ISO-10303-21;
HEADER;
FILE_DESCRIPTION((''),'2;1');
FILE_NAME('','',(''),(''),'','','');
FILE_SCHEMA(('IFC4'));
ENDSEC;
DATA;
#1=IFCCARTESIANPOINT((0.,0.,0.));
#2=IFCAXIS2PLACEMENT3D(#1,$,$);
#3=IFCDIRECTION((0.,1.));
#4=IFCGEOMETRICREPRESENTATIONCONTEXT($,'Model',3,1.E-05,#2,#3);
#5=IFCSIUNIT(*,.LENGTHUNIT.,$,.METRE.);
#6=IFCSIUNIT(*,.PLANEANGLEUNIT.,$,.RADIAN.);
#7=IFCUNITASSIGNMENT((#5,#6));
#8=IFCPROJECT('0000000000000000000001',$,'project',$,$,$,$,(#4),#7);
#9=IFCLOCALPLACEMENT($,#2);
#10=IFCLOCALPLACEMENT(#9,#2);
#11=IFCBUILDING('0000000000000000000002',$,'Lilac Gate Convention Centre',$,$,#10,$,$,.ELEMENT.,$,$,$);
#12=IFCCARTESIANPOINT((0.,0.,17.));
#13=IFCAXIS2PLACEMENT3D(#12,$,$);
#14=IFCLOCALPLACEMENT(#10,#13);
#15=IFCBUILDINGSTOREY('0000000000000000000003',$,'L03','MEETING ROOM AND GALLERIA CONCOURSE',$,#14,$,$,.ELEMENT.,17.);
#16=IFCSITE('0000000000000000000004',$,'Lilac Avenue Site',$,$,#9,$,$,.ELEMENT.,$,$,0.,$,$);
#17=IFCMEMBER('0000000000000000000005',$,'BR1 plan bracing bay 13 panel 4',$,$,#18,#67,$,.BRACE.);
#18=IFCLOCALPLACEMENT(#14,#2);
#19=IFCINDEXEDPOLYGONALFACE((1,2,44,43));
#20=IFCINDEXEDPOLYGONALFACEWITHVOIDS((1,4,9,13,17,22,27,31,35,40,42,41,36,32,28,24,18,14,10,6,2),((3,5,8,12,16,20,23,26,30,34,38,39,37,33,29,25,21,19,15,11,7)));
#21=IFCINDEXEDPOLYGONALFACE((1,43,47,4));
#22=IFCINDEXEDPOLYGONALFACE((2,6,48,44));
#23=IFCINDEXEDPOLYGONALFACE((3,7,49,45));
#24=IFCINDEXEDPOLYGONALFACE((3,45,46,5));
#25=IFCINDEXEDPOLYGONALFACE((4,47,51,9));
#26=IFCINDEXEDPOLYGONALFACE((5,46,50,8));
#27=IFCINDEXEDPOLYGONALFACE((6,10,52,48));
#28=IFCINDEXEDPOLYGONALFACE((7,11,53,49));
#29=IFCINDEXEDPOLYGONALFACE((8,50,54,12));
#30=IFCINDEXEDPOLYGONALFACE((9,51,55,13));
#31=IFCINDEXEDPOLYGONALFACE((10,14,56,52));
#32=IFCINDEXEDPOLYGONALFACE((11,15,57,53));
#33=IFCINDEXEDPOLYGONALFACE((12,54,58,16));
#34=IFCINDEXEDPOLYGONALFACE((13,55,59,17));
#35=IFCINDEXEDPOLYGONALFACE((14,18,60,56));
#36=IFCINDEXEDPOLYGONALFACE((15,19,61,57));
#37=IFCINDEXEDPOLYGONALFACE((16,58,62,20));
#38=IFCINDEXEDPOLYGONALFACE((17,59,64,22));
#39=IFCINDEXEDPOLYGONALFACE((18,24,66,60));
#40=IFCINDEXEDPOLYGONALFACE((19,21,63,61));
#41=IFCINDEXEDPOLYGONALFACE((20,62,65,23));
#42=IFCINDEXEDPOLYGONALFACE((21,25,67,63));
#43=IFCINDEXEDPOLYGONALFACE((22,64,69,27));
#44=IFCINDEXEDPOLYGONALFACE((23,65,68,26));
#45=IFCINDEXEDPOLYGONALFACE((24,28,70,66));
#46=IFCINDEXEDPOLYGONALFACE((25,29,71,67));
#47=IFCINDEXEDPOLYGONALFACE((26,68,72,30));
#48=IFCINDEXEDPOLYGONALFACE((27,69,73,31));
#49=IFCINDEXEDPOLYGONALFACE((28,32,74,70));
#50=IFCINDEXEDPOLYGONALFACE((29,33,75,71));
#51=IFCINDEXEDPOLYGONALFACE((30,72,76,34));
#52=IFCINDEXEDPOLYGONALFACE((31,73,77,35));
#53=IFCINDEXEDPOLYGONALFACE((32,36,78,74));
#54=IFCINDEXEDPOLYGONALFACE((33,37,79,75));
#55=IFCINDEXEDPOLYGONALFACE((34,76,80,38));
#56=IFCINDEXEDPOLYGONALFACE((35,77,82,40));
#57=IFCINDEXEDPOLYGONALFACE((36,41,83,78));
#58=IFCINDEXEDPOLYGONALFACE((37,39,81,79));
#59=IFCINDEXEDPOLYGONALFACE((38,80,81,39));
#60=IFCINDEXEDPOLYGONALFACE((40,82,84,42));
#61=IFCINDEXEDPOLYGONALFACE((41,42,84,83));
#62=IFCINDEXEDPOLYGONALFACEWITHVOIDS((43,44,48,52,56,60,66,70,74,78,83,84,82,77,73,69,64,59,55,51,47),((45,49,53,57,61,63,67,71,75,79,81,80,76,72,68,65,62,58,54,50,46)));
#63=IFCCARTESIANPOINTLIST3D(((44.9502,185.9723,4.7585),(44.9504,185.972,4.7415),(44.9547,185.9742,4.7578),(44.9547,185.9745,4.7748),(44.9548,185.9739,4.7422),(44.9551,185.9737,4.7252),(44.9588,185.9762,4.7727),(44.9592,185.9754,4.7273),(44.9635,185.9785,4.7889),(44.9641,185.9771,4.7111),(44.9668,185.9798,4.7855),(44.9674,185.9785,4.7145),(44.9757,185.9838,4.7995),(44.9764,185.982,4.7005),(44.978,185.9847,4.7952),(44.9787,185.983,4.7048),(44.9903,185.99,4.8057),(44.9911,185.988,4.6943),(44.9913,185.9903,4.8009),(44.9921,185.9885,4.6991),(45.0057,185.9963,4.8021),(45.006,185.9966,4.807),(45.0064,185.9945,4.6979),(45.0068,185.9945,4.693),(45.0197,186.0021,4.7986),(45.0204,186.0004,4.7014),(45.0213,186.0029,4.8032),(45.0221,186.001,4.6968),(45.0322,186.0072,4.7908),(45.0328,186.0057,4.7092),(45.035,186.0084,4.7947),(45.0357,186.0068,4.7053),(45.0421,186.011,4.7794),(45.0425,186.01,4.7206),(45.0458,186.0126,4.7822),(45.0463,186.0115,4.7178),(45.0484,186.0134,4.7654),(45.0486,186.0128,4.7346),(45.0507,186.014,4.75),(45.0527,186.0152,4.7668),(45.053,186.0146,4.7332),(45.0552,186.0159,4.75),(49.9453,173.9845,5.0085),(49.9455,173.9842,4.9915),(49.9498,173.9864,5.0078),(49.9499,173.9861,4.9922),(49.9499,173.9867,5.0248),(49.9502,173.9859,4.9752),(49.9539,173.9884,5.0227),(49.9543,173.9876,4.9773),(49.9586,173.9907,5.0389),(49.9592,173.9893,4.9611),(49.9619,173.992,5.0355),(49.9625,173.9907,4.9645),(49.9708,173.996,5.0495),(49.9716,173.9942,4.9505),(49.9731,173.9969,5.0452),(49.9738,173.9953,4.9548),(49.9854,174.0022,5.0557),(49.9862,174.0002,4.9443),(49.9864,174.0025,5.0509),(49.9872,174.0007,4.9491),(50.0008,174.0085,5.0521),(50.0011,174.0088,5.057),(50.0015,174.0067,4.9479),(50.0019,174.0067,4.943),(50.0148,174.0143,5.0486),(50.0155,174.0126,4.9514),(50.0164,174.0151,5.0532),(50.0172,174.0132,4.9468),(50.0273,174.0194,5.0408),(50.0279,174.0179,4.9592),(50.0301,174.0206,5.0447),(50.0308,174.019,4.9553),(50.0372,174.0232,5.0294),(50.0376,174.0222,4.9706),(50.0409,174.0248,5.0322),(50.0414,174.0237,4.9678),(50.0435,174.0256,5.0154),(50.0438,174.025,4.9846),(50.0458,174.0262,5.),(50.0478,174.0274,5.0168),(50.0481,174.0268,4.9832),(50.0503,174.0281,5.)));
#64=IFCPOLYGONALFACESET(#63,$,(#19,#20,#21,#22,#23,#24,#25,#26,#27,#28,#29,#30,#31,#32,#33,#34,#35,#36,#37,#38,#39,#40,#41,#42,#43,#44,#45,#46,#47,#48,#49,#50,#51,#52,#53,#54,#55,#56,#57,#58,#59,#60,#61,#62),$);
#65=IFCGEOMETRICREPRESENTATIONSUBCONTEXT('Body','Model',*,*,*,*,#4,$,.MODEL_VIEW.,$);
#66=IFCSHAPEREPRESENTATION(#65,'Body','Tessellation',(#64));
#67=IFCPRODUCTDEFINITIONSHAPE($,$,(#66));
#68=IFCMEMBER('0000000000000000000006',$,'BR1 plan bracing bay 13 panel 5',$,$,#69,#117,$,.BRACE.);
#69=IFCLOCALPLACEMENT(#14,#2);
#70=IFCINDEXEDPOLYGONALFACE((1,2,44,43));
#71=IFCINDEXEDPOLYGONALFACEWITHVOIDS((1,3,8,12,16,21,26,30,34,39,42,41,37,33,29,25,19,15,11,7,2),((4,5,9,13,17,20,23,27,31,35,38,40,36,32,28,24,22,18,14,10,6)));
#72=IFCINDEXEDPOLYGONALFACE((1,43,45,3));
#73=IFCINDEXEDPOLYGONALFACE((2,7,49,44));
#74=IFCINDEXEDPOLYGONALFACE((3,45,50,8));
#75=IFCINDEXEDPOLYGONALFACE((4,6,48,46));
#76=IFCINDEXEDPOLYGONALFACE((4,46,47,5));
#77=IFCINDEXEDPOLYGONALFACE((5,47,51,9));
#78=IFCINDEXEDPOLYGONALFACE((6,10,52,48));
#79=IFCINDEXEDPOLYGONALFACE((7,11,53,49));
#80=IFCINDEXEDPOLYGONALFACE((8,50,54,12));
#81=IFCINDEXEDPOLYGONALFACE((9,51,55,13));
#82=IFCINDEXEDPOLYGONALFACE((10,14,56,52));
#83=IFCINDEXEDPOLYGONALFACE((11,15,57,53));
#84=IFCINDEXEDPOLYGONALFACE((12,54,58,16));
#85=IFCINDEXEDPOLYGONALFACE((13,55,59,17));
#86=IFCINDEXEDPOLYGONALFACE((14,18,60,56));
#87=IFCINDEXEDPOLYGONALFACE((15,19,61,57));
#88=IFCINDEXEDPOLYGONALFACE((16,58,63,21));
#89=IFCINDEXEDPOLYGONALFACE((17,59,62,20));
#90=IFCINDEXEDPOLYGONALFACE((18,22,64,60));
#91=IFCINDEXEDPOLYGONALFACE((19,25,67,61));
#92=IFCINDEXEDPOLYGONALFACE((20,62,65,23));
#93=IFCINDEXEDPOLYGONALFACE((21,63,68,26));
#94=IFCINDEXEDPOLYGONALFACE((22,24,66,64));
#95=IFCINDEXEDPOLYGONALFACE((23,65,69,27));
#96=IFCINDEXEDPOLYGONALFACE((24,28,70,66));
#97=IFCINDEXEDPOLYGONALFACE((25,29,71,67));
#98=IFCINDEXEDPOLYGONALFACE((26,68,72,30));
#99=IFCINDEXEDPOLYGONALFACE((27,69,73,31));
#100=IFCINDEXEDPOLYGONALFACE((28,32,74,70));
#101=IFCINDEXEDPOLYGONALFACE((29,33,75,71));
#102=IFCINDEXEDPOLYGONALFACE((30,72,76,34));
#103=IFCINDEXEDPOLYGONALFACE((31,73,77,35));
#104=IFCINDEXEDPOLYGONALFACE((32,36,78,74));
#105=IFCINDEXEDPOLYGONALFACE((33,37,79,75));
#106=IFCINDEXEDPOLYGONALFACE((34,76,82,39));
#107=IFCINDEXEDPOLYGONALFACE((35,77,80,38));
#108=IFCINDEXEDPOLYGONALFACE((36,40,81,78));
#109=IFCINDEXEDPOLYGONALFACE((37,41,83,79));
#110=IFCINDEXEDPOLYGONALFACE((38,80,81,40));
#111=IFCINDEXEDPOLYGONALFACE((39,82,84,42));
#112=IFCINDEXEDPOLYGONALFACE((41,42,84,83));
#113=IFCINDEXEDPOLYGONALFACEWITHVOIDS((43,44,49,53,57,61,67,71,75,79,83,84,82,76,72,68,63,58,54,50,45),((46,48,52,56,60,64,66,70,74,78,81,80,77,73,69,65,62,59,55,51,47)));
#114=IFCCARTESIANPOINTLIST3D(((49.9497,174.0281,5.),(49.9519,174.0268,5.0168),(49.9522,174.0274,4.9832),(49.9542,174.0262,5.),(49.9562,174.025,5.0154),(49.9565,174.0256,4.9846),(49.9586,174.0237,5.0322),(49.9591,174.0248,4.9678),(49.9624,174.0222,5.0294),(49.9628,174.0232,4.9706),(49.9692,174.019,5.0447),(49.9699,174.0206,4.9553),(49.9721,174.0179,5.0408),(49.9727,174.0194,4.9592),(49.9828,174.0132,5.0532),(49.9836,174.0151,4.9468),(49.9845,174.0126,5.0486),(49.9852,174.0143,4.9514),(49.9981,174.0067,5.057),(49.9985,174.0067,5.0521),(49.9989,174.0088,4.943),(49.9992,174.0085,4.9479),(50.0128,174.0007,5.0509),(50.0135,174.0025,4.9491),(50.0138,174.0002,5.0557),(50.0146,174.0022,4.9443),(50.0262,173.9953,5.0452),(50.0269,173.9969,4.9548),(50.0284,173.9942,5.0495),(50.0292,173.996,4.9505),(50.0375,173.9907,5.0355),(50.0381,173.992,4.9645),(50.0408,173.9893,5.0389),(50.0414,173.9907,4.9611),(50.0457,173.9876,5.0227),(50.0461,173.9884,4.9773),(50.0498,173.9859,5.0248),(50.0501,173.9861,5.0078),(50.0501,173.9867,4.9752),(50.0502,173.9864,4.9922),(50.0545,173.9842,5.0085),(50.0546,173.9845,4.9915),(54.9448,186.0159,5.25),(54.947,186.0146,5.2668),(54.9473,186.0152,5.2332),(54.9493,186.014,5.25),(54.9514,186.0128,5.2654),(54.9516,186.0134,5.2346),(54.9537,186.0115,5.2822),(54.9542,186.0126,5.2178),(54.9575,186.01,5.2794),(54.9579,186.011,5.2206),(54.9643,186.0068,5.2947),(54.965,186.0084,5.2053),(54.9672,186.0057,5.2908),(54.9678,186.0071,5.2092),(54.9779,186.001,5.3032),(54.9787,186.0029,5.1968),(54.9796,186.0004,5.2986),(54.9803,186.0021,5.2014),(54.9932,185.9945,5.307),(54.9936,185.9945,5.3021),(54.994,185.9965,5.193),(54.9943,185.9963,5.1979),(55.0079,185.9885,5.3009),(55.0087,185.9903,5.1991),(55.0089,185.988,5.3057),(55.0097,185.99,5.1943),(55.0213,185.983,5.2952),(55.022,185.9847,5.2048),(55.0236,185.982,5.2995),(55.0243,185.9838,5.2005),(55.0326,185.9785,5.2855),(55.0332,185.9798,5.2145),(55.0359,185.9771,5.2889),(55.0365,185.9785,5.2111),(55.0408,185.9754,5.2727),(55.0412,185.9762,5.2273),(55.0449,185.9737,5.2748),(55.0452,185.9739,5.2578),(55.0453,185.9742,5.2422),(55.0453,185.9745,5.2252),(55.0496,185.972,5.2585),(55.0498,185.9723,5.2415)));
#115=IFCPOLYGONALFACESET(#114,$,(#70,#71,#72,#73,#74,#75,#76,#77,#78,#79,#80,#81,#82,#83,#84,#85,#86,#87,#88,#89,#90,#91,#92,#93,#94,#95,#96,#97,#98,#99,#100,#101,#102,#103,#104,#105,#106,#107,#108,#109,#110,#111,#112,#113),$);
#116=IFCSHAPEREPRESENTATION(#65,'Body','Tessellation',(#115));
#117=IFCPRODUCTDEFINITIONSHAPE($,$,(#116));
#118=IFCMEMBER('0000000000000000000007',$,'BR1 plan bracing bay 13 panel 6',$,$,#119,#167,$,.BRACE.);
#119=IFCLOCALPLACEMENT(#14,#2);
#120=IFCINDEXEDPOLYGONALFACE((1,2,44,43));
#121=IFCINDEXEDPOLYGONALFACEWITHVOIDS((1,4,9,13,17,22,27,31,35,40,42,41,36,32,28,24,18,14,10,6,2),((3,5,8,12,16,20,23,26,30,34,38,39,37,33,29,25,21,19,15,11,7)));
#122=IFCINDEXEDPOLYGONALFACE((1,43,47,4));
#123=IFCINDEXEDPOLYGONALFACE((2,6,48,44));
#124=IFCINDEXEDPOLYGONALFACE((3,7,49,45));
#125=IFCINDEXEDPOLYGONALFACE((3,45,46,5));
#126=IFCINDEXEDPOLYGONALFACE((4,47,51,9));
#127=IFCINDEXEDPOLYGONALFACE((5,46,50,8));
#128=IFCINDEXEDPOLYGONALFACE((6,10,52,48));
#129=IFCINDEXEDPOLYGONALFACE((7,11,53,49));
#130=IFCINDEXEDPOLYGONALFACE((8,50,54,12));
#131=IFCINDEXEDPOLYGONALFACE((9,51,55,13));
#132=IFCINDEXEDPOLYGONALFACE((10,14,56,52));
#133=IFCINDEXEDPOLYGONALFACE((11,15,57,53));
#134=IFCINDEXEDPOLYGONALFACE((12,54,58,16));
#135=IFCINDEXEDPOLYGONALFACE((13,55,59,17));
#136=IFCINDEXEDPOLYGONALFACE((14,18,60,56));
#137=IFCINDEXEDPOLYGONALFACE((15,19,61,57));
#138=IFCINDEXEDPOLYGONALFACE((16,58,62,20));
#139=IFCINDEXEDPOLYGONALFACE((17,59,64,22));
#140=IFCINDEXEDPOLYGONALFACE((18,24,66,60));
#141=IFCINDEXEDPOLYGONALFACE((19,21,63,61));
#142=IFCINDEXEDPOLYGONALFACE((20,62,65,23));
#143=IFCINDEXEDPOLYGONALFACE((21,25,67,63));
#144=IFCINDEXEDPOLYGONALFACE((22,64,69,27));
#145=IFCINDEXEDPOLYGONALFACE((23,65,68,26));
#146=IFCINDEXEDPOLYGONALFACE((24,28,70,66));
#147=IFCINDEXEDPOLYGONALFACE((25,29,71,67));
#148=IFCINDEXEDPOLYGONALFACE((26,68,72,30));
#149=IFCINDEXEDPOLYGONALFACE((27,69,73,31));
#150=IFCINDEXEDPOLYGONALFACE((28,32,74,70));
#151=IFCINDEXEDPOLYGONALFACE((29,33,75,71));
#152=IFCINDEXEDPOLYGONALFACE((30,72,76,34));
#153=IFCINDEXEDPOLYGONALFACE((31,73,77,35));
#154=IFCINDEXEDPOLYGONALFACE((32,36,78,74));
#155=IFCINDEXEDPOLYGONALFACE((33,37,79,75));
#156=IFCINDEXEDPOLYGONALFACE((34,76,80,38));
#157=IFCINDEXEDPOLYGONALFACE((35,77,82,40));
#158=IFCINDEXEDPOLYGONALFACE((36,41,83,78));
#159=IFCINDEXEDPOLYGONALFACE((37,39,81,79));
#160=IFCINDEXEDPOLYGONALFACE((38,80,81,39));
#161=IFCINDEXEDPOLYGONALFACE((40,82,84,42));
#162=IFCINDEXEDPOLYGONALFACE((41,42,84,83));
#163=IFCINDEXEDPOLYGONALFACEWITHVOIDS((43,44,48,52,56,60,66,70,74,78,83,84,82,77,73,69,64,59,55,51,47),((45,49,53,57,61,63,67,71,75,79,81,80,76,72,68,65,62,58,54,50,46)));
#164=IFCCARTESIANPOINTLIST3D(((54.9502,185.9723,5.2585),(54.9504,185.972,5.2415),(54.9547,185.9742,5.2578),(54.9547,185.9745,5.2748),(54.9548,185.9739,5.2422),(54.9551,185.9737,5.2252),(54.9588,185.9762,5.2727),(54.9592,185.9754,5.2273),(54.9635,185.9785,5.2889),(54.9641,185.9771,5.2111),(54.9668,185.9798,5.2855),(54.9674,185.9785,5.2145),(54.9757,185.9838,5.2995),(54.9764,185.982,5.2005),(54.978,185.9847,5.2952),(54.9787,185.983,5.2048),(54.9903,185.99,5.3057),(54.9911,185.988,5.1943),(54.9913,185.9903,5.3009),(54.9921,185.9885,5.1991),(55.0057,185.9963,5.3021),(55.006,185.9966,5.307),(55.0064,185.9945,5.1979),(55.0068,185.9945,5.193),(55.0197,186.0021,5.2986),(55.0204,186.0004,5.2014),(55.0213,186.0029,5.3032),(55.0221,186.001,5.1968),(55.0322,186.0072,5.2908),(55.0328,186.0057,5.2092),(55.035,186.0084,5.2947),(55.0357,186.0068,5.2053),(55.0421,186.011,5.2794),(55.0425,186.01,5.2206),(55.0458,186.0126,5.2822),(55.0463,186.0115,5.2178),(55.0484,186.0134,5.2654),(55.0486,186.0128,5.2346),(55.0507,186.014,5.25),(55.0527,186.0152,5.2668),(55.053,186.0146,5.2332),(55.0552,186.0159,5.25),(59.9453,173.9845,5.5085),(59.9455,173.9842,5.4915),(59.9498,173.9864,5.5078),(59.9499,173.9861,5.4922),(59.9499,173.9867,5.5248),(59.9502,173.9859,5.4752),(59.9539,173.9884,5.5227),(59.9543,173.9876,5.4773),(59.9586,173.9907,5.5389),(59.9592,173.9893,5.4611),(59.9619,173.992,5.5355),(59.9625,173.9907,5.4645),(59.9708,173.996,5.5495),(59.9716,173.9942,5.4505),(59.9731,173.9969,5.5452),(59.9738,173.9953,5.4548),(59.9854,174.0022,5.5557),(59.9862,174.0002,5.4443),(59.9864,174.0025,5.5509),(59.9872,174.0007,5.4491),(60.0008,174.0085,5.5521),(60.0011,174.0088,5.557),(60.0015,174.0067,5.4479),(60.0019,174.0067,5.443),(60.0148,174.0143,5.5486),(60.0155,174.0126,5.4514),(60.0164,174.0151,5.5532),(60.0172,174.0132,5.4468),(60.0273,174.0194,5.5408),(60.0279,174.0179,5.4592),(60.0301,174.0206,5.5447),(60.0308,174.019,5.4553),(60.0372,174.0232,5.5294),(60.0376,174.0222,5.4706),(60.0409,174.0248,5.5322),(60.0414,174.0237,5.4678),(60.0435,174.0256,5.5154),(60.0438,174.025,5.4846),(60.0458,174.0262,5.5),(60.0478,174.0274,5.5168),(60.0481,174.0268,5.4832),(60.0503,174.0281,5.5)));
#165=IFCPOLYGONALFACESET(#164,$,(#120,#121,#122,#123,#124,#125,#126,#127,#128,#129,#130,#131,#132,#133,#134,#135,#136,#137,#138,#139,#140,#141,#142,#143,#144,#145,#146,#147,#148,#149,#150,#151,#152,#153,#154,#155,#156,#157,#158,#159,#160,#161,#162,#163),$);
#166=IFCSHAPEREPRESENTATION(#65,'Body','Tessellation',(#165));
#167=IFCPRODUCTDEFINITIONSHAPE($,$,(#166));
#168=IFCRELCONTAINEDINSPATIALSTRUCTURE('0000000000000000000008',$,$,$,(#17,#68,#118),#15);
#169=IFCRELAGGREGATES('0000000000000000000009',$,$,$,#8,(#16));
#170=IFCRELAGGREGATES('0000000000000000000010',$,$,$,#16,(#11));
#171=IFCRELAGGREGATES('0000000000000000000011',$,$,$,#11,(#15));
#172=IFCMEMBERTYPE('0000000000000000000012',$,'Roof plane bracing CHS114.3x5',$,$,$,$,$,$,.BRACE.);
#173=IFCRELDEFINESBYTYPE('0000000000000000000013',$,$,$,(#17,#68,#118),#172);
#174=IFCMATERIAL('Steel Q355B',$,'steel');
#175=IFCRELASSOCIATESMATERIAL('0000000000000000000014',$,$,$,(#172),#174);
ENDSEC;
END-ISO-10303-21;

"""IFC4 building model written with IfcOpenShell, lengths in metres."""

from ifc_helpers import new_model, si_unit, direction, frame, origin, origin_2d, place, context, subcontext, project, spatial, hollow_circle, extrude, material, material_profile, profile_set, type_object, element, save


model = new_model("IFC4")

# Units and contexts
model_context = context("Model", 3, precision=1e-05, world=origin(), true_north=direction((0.0, 1.0)))
body_context = subcontext(model_context, "Body", "Model", "MODEL_VIEW")
ifc_project = project(units=[si_unit("LENGTHUNIT", "METRE"), si_unit("PLANEANGLEUNIT", "RADIAN")], contexts=[model_context])

# Site, building, storey
site_placement = place(None, origin())
site = spatial("IfcSite", under=ifc_project, at=site_placement, Name="Lilac Avenue Site", CompositionType="ELEMENT", RefElevation=0.0)
building_placement = place(site_placement, origin())
building = spatial("IfcBuilding", under=site, at=building_placement, Name="Lilac Gate Convention Centre", CompositionType="ELEMENT")
storey_placement = place(building_placement, frame((0.0, 0.0, 17.0)))
storey = spatial("IfcBuildingStorey", under=building, at=storey_placement, Name="L03", Description="MEETING ROOM AND GALLERIA CONCOURSE", CompositionType="ELEMENT", Elevation=17.0)

# Members
ifc_material = material(Name="Steel Q355B", Category="steel")
ifc_material_profile_1 = material_profile(ifc_material, hollow_circle(Radius=0.0571, WallThickness=0.0049, at=origin_2d()), Name="CHS114.3x5")
ifc_profile_set_1 = profile_set([ifc_material_profile_1], Name="Steel Q355B")
member_type_1 = type_object("IfcMemberType", Name="Roof plane bracing CHS114.3x5", PredefinedType="BRACE", material=ifc_profile_set_1)
for number, where, z_axis, x_axis, name in (
    (1, (45.0024, 185.9939, 4.75), (0.384557, -0.9229, 0.019247), (0.923071, 0.384629, 0.0), "BR1 plan bracing bay 13 panel 4"),
    (2, (50.0024, 174.0061, 5.0), (0.384557, 0.9229, 0.019247), (-0.923071, 0.384629, 0.0), "BR1 plan bracing bay 13 panel 5"),
    (3, (55.0024, 185.9939, 5.25), (0.384557, -0.9229, 0.019247), (0.923071, 0.384629, 0.0), "BR1 plan bracing bay 13 panel 6"),
):
    element("IfcMember", number, at=place(storey_placement, frame(where, z_axis=z_axis, x_axis=x_axis)), inside=storey, type_object=member_type_1, Name=name, PredefinedType="BRACE", context=body_context, shape_type="SweptSolid", body=[
        extrude(hollow_circle(Radius=0.0571, WallThickness=0.0049, at=origin_2d()), origin(), (0.0, 0.0, 1.0), 12.9893),
    ])

save(model, "model.ifc")
